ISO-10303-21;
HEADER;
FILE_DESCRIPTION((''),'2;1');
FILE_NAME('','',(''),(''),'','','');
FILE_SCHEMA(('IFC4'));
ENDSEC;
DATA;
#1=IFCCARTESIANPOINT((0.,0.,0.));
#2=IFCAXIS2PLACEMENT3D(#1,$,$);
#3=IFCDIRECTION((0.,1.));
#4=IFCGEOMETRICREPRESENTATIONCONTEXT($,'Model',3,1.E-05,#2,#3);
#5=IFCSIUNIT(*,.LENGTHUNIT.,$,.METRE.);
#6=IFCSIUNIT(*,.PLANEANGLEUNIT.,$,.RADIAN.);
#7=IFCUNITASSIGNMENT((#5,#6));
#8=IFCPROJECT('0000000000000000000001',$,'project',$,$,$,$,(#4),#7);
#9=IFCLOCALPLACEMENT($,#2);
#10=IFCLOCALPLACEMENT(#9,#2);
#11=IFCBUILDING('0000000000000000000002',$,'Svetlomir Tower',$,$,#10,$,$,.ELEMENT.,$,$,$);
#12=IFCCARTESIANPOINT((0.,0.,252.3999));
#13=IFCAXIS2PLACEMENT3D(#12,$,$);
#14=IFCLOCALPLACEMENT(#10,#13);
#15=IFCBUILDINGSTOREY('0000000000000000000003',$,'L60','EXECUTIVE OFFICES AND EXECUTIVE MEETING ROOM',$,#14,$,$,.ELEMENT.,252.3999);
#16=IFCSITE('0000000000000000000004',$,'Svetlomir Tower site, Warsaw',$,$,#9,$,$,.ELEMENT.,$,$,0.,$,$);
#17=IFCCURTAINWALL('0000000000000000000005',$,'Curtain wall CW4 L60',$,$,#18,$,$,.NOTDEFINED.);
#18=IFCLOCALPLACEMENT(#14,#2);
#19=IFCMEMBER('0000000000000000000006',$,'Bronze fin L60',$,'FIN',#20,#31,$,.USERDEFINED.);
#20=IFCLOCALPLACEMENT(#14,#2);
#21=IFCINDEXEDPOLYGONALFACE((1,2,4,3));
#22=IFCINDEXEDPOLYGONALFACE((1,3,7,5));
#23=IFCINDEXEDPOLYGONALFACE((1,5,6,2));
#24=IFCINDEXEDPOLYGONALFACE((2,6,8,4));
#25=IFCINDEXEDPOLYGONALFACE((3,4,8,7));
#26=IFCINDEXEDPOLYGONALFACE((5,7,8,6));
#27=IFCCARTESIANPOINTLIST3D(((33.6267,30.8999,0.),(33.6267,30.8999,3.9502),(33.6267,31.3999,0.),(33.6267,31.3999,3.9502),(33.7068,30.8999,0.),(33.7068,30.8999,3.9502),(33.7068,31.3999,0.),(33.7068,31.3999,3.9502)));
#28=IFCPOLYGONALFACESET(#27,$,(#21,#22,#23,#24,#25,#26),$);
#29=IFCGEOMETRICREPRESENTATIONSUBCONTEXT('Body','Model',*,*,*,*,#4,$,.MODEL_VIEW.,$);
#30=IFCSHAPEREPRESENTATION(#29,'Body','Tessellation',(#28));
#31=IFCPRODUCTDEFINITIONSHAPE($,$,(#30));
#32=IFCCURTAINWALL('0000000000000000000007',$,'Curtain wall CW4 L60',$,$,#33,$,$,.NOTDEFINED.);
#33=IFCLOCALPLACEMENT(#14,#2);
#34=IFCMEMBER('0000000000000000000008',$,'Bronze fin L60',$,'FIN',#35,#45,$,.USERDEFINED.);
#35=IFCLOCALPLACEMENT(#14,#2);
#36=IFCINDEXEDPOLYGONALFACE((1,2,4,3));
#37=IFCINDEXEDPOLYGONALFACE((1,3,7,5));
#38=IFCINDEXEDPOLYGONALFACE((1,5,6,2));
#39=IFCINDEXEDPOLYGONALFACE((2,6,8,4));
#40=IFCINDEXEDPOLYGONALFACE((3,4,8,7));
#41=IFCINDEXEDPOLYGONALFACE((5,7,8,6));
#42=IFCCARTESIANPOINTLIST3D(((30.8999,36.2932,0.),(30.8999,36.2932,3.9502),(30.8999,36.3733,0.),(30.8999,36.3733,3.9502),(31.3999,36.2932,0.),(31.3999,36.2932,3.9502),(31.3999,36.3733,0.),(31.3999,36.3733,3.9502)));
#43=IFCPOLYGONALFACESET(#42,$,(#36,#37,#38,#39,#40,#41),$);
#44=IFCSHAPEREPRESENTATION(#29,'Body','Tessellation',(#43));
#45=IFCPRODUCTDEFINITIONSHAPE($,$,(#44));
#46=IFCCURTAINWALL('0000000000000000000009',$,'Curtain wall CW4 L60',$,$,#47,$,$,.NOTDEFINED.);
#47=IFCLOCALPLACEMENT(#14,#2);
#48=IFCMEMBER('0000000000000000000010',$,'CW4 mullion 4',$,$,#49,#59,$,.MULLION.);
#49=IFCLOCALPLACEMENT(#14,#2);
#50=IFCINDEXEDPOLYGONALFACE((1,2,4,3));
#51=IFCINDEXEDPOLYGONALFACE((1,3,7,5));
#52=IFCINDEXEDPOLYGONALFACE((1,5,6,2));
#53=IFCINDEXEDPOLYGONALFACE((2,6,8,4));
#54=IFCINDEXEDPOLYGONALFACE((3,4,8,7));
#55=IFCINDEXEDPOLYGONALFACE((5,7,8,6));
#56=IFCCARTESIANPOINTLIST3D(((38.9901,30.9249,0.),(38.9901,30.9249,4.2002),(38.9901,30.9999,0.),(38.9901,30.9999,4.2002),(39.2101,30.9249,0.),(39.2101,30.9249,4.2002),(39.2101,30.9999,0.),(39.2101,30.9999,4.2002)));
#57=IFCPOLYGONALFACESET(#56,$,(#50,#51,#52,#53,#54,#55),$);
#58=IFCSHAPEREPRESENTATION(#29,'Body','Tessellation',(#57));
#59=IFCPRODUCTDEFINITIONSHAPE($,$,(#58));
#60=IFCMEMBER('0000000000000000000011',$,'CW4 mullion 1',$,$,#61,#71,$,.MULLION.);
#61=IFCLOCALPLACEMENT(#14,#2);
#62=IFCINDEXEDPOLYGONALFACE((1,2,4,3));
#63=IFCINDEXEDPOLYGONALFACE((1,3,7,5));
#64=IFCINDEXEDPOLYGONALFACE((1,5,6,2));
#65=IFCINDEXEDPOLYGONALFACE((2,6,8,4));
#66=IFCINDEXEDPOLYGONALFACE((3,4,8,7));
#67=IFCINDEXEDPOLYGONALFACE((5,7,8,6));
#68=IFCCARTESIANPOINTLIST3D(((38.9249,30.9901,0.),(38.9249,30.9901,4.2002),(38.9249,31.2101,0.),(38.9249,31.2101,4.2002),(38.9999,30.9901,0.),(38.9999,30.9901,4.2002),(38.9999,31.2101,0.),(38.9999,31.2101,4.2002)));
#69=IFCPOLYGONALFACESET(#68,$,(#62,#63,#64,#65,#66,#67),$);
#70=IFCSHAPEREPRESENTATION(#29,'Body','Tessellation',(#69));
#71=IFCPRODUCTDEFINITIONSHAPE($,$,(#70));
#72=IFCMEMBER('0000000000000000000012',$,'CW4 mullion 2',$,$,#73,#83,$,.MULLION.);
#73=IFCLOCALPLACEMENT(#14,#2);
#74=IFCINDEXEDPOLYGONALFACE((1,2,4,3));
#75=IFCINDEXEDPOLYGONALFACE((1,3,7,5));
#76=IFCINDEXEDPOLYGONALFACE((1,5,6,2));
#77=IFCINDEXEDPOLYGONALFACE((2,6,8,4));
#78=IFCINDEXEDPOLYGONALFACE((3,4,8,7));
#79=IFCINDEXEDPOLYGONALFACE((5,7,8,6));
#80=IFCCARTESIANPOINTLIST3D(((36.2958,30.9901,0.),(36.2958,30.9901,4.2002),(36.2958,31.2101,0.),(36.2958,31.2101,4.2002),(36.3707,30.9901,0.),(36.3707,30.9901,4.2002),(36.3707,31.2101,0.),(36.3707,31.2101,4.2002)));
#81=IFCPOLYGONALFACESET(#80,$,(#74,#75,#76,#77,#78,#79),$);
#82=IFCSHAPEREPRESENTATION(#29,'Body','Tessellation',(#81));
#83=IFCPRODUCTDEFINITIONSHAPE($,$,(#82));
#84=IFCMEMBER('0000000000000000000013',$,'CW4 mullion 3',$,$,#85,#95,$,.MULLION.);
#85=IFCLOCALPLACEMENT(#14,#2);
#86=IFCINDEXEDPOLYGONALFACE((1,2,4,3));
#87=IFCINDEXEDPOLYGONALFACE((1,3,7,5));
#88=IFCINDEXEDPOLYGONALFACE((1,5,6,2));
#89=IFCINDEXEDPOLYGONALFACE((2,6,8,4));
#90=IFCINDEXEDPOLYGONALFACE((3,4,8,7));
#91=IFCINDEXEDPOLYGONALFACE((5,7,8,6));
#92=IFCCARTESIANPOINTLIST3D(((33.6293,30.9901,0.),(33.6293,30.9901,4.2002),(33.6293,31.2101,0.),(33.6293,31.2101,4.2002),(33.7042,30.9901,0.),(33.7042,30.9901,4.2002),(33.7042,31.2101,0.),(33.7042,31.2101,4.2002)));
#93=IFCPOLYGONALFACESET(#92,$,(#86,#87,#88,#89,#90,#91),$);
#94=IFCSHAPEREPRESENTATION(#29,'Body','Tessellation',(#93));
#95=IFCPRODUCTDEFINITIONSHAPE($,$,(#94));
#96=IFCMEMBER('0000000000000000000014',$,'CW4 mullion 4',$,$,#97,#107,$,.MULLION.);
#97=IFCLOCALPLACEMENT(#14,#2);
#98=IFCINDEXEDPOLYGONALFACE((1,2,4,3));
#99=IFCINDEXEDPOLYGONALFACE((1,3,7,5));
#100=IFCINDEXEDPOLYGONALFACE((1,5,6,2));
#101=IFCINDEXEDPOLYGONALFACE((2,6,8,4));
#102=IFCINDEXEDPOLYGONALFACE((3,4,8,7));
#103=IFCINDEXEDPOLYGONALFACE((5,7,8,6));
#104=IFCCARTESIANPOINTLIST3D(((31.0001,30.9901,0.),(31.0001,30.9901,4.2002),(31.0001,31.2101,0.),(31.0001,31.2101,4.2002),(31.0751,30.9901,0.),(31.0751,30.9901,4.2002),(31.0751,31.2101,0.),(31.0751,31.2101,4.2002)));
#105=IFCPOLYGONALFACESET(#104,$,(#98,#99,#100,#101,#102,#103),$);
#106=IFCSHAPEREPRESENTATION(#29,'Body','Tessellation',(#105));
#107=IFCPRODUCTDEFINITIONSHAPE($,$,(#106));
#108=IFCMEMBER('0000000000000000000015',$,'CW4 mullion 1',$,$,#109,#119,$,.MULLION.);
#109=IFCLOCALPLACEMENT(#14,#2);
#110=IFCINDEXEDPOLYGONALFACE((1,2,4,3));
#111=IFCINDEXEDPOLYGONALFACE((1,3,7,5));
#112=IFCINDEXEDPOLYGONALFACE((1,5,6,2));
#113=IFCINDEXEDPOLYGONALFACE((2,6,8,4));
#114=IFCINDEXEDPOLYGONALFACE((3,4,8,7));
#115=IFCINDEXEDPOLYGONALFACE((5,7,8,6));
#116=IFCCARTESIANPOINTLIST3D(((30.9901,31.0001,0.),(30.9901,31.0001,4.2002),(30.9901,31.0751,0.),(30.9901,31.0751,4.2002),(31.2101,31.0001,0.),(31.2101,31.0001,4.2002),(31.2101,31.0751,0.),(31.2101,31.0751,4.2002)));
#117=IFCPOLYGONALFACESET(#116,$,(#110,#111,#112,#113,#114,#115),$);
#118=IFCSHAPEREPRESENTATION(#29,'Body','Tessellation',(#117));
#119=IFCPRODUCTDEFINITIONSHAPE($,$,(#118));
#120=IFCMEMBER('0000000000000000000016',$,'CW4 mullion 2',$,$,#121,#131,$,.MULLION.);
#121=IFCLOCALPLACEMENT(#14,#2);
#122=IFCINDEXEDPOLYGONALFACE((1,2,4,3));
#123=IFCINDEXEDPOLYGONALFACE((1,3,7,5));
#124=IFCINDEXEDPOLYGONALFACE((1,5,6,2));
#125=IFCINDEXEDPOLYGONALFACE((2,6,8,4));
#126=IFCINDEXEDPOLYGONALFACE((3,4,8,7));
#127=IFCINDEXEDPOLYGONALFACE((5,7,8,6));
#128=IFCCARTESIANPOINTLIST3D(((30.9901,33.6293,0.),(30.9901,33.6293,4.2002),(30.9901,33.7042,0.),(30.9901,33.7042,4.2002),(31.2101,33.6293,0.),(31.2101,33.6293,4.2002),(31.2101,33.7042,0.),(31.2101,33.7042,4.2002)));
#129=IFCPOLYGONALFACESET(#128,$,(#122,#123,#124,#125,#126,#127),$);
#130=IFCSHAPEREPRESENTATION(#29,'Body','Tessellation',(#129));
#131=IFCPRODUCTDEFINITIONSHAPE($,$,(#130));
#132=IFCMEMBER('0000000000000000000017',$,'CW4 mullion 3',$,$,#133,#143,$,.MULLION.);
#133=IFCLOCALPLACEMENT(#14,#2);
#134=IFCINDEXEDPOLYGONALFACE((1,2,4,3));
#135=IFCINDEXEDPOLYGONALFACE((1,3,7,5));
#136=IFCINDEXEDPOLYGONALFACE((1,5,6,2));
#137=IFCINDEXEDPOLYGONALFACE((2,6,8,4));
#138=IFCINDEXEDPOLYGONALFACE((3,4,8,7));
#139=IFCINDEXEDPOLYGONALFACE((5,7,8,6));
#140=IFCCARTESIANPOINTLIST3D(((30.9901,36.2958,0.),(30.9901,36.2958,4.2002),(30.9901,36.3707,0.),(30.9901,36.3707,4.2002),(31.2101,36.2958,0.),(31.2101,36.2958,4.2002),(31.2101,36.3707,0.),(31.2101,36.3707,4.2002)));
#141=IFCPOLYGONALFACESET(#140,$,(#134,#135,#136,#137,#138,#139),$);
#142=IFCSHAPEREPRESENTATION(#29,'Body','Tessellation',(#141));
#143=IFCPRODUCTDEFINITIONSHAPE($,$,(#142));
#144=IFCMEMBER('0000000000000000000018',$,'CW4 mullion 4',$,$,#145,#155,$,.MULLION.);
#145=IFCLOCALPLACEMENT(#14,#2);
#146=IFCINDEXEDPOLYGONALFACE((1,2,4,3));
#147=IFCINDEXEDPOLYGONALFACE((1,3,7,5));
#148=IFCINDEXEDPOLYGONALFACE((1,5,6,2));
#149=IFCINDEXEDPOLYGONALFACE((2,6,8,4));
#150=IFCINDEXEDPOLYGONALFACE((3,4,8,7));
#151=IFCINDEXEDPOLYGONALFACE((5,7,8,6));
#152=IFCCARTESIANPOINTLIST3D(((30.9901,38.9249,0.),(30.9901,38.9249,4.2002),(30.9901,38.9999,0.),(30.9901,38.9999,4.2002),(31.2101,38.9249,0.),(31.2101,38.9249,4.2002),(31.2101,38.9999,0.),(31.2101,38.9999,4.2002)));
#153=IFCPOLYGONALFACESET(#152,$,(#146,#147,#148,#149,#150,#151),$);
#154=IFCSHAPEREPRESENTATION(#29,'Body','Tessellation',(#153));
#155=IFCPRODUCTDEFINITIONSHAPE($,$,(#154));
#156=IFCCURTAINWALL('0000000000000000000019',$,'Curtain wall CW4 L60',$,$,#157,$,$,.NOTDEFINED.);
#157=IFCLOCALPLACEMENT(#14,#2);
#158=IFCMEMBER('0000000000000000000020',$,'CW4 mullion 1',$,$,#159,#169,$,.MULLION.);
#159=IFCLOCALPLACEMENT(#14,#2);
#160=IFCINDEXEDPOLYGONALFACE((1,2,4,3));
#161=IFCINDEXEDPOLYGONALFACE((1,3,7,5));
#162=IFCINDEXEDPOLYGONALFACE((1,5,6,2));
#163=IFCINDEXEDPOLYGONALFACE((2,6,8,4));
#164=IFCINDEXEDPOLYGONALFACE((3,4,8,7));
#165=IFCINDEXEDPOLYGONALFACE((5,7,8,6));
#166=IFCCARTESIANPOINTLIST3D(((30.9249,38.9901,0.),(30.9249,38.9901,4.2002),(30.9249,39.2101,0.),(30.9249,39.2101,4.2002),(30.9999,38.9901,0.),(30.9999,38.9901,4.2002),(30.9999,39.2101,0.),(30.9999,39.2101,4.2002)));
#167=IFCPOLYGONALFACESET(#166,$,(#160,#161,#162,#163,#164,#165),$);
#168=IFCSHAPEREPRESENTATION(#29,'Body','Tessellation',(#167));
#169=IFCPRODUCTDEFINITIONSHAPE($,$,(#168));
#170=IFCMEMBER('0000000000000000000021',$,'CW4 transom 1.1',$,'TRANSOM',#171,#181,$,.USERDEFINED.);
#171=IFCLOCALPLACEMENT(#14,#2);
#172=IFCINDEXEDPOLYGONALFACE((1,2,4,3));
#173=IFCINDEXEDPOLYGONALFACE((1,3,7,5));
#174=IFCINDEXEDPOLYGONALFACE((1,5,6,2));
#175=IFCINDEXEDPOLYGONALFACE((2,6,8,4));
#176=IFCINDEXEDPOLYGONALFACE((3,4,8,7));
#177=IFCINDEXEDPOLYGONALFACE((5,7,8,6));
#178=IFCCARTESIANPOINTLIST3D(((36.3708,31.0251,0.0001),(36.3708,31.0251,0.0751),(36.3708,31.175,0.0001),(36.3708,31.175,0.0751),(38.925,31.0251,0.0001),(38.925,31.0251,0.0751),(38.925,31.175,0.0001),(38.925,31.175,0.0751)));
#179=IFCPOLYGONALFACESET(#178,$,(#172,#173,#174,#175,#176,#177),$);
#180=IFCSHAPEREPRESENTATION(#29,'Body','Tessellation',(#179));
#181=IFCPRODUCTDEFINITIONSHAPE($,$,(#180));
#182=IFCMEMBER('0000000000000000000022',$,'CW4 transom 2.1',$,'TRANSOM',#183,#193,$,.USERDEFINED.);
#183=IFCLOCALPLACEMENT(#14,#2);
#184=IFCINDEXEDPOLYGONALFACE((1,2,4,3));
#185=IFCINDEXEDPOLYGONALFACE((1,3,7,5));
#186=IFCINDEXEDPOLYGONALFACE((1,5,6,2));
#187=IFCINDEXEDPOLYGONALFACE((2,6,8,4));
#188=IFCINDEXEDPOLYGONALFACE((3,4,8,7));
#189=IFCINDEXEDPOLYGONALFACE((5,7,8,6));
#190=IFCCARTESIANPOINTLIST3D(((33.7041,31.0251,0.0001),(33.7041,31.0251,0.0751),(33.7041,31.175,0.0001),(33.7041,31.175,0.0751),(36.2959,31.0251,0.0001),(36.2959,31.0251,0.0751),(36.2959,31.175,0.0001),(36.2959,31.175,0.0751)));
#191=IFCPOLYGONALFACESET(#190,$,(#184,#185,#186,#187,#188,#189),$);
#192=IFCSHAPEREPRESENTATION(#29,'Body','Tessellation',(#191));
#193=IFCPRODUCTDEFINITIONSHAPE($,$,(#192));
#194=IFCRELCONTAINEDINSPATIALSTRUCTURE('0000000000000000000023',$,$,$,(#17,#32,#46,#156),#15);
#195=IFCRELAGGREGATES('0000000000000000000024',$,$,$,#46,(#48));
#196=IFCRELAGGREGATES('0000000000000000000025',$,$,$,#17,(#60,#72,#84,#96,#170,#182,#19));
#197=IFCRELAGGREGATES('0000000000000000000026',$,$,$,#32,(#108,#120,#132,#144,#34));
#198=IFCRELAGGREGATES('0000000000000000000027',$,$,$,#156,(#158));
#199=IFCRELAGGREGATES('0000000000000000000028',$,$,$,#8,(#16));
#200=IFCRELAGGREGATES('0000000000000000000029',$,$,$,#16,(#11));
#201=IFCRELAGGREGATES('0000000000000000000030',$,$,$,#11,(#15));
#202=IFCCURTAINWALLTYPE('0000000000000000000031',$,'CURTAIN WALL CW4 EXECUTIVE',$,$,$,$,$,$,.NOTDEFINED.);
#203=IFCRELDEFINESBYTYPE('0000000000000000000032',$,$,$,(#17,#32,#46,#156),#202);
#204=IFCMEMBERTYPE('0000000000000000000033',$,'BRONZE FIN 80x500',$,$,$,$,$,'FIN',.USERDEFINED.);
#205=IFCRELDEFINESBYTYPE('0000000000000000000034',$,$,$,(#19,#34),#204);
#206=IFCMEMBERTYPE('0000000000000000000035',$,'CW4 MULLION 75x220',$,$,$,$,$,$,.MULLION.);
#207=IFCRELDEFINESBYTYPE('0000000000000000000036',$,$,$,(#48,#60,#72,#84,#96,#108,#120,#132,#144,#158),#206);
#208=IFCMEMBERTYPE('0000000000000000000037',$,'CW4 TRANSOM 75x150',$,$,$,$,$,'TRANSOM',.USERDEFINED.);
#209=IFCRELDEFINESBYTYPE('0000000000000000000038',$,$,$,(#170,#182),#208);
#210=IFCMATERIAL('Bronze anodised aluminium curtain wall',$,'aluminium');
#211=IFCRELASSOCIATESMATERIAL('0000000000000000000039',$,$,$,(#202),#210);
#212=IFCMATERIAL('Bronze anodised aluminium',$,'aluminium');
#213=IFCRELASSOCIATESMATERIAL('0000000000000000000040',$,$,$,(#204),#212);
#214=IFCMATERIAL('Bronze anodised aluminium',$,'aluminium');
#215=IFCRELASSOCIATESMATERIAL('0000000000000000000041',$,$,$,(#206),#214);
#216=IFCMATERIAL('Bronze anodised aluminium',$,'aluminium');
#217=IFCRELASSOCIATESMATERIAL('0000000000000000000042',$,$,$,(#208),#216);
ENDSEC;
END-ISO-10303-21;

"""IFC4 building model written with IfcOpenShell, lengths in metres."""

from ifc_helpers import new_model, si_unit, direction, frame, origin, origin_2d, place, context, subcontext, project, spatial, rectangle, extrude, material, material_profile, profile_set, type_object, element, aggregate, save


model = new_model("IFC4")

# Units and contexts
model_context = context("Model", 3, precision=1e-05, world=origin(), true_north=direction((0.0, 1.0)))
body_context = subcontext(model_context, "Body", "Model", "MODEL_VIEW")
ifc_project = project(units=[si_unit("LENGTHUNIT", "METRE"), si_unit("PLANEANGLEUNIT", "RADIAN")], contexts=[model_context])

# Site, building, storey
site_placement = place(None, origin())
site = spatial("IfcSite", under=ifc_project, at=site_placement, Name="Svetlomir Tower site, Warsaw", CompositionType="ELEMENT", RefElevation=0.0)
building_placement = place(site_placement, origin())
building = spatial("IfcBuilding", under=site, at=building_placement, Name="Svetlomir Tower", CompositionType="ELEMENT")
storey_placement = place(building_placement, frame((0.0, 0.0, 252.3999)))
storey = spatial("IfcBuildingStorey", under=building, at=storey_placement, Name="L60", Description="EXECUTIVE OFFICES AND EXECUTIVE MEETING ROOM", CompositionType="ELEMENT", Elevation=252.3999)

# Curtain walls, members
ifc_material_1 = material(Name="Bronze anodised aluminium curtain wall", Category="aluminium")
curtain_wall_type = type_object("IfcCurtainWallType", Name="CURTAIN WALL CW4 EXECUTIVE", PredefinedType="NOTDEFINED", material=ifc_material_1)
curtain_wall_1_placement = place(storey_placement, origin())
curtain_wall_1 = element("IfcCurtainWall", 1, at=curtain_wall_1_placement, inside=storey, type_object=curtain_wall_type, Name="Curtain wall CW4 L60", PredefinedType="NOTDEFINED")
ifc_material_2 = material(Name="Bronze anodised aluminium", Category="aluminium")
ifc_material_profile_1 = material_profile(ifc_material_2, rectangle(XDim=0.0801, YDim=0.5, at=origin_2d()), Name="FIN 80x500")
ifc_profile_set_1 = profile_set([ifc_material_profile_1], Name="Bronze anodised aluminium 6063-T6")
member_type_1 = type_object("IfcMemberType", Name="BRONZE FIN 80x500", ElementType="FIN", PredefinedType="USERDEFINED", material=ifc_profile_set_1)
member_1_placement = place(storey_placement, frame((33.6667, 31.1499, 0.0), z_axis=(0.0, 0.0, 1.0), x_axis=(1.0, 0.0, 0.0)))
member_1 = element("IfcMember", 2, at=member_1_placement, type_object=member_type_1, Name="Bronze fin L60", ObjectType="FIN", PredefinedType="USERDEFINED", context=body_context, shape_type="SweptSolid", body=[
    extrude(rectangle(XDim=0.0801, YDim=0.5, at=origin_2d()), origin(), (0.0, 0.0, 1.0), 3.9502),
])
curtain_wall_2_placement = place(storey_placement, origin())
curtain_wall_2 = element("IfcCurtainWall", 3, at=curtain_wall_2_placement, inside=storey, type_object=curtain_wall_type, Name="Curtain wall CW4 L60", PredefinedType="NOTDEFINED")
member_2_placement = place(storey_placement, frame((31.1499, 36.3333, 0.0), z_axis=(0.0, 0.0, 1.0), x_axis=(0.0, 1.0, 0.0)))
member_2 = element("IfcMember", 4, at=member_2_placement, type_object=member_type_1, Name="Bronze fin L60", ObjectType="FIN", PredefinedType="USERDEFINED", context=body_context, shape_type="SweptSolid", body=[
    extrude(rectangle(XDim=0.0801, YDim=0.5, at=origin_2d()), origin(), (0.0, 0.0, 1.0), 3.9502),
])
curtain_wall_3_placement = place(storey_placement, origin())
curtain_wall_3 = element("IfcCurtainWall", 5, at=curtain_wall_3_placement, inside=storey, type_object=curtain_wall_type, Name="Curtain wall CW4 L60", PredefinedType="NOTDEFINED")
ifc_material_3 = material(Name="Bronze anodised aluminium", Category="aluminium")
ifc_material_profile_2 = material_profile(ifc_material_3, rectangle(XDim=0.075, YDim=0.22, at=origin_2d()), Name="AL 75x220")
ifc_profile_set_2 = profile_set([ifc_material_profile_2], Name="Bronze anodised aluminium 6063-T6")
member_type_2 = type_object("IfcMemberType", Name="CW4 MULLION 75x220", PredefinedType="MULLION", material=ifc_profile_set_2)
member_3_placement = place(storey_placement, frame((39.1001, 30.9624, 0.0), z_axis=(0.0, 0.0, 1.0), x_axis=(0.0, 1.0, 0.0)))
member_3 = element("IfcMember", 6, at=member_3_placement, type_object=member_type_2, Name="CW4 mullion 4", PredefinedType="MULLION", context=body_context, shape_type="SweptSolid", body=[
    extrude(rectangle(XDim=0.075, YDim=0.22, at=origin_2d()), origin(), (0.0, 0.0, 1.0), 4.2002),
])
aggregate(curtain_wall_3, [member_3])

# Members
member_4_placement = place(storey_placement, frame((38.9624, 31.1001, 0.0), z_axis=(0.0, 0.0, 1.0), x_axis=(-1.0, 0.0, 0.0)))
member_4 = element("IfcMember", 7, at=member_4_placement, type_object=member_type_2, Name="CW4 mullion 1", PredefinedType="MULLION", context=body_context, shape_type="SweptSolid", body=[
    extrude(rectangle(XDim=0.075, YDim=0.22, at=origin_2d()), origin(), (0.0, 0.0, 1.0), 4.2002),
])
member_5_placement = place(storey_placement, frame((36.3333, 31.1001, 0.0), z_axis=(0.0, 0.0, 1.0), x_axis=(-1.0, 0.0, 0.0)))
member_5 = element("IfcMember", 8, at=member_5_placement, type_object=member_type_2, Name="CW4 mullion 2", PredefinedType="MULLION", context=body_context, shape_type="SweptSolid", body=[
    extrude(rectangle(XDim=0.075, YDim=0.22, at=origin_2d()), origin(), (0.0, 0.0, 1.0), 4.2002),
])
member_6_placement = place(storey_placement, frame((33.6667, 31.1001, 0.0), z_axis=(0.0, 0.0, 1.0), x_axis=(-1.0, 0.0, 0.0)))
member_6 = element("IfcMember", 9, at=member_6_placement, type_object=member_type_2, Name="CW4 mullion 3", PredefinedType="MULLION", context=body_context, shape_type="SweptSolid", body=[
    extrude(rectangle(XDim=0.075, YDim=0.22, at=origin_2d()), origin(), (0.0, 0.0, 1.0), 4.2002),
])
member_7_placement = place(storey_placement, frame((31.0376, 31.1001, 0.0), z_axis=(0.0, 0.0, 1.0), x_axis=(-1.0, 0.0, 0.0)))
member_7 = element("IfcMember", 10, at=member_7_placement, type_object=member_type_2, Name="CW4 mullion 4", PredefinedType="MULLION", context=body_context, shape_type="SweptSolid", body=[
    extrude(rectangle(XDim=0.075, YDim=0.22, at=origin_2d()), origin(), (0.0, 0.0, 1.0), 4.2002),
])
member_8_placement = place(storey_placement, frame((31.1001, 31.0376, 0.0), z_axis=(0.0, 0.0, 1.0), x_axis=(0.0, 1.0, 0.0)))
member_8 = element("IfcMember", 11, at=member_8_placement, type_object=member_type_2, Name="CW4 mullion 1", PredefinedType="MULLION", context=body_context, shape_type="SweptSolid", body=[
    extrude(rectangle(XDim=0.075, YDim=0.22, at=origin_2d()), origin(), (0.0, 0.0, 1.0), 4.2002),
])
member_9_placement = place(storey_placement, frame((31.1001, 33.6667, 0.0), z_axis=(0.0, 0.0, 1.0), x_axis=(0.0, 1.0, 0.0)))
member_9 = element("IfcMember", 12, at=member_9_placement, type_object=member_type_2, Name="CW4 mullion 2", PredefinedType="MULLION", context=body_context, shape_type="SweptSolid", body=[
    extrude(rectangle(XDim=0.075, YDim=0.22, at=origin_2d()), origin(), (0.0, 0.0, 1.0), 4.2002),
])
member_10_placement = place(storey_placement, frame((31.1001, 36.3333, 0.0), z_axis=(0.0, 0.0, 1.0), x_axis=(0.0, 1.0, 0.0)))
member_10 = element("IfcMember", 13, at=member_10_placement, type_object=member_type_2, Name="CW4 mullion 3", PredefinedType="MULLION", context=body_context, shape_type="SweptSolid", body=[
    extrude(rectangle(XDim=0.075, YDim=0.22, at=origin_2d()), origin(), (0.0, 0.0, 1.0), 4.2002),
])
member_11_placement = place(storey_placement, frame((31.1001, 38.9624, 0.0), z_axis=(0.0, 0.0, 1.0), x_axis=(0.0, 1.0, 0.0)))
member_11 = element("IfcMember", 14, at=member_11_placement, type_object=member_type_2, Name="CW4 mullion 4", PredefinedType="MULLION", context=body_context, shape_type="SweptSolid", body=[
    extrude(rectangle(XDim=0.075, YDim=0.22, at=origin_2d()), origin(), (0.0, 0.0, 1.0), 4.2002),
])

# Curtain wall, member
curtain_wall_4_placement = place(storey_placement, origin())
curtain_wall_4 = element("IfcCurtainWall", 15, at=curtain_wall_4_placement, inside=storey, type_object=curtain_wall_type, Name="Curtain wall CW4 L60", PredefinedType="NOTDEFINED")
member_12_placement = place(storey_placement, frame((30.9624, 39.1001, 0.0), z_axis=(0.0, 0.0, 1.0), x_axis=(-1.0, 0.0, 0.0)))
member_12 = element("IfcMember", 16, at=member_12_placement, type_object=member_type_2, Name="CW4 mullion 1", PredefinedType="MULLION", context=body_context, shape_type="SweptSolid", body=[
    extrude(rectangle(XDim=0.075, YDim=0.22, at=origin_2d()), origin(), (0.0, 0.0, 1.0), 4.2002),
])

# Members
ifc_material_4 = material(Name="Bronze anodised aluminium", Category="aluminium")
ifc_material_profile_3 = material_profile(ifc_material_4, rectangle(XDim=0.1499, YDim=0.075, at=origin_2d()), Name="AL 150x75")
ifc_profile_set_3 = profile_set([ifc_material_profile_3], Name="Bronze anodised aluminium 6063-T6")
member_type_3 = type_object("IfcMemberType", Name="CW4 TRANSOM 75x150", ElementType="TRANSOM", PredefinedType="USERDEFINED", material=ifc_profile_set_3)
member_13_placement = place(storey_placement, frame((38.925, 31.1001, 0.0376), z_axis=(-1.0, 0.0, 0.0), x_axis=(0.0, -1.0, 0.0)))
member_13 = element("IfcMember", 17, at=member_13_placement, type_object=member_type_3, Name="CW4 transom 1.1", ObjectType="TRANSOM", PredefinedType="USERDEFINED", context=body_context, shape_type="SweptSolid", body=[
    extrude(rectangle(XDim=0.1499, YDim=0.075, at=origin_2d()), origin(), (0.0, 0.0, 1.0), 2.5542),
])
member_14_placement = place(storey_placement, frame((36.2959, 31.1001, 0.0376), z_axis=(-1.0, 0.0, 0.0), x_axis=(0.0, -1.0, 0.0)))
member_14 = element("IfcMember", 18, at=member_14_placement, type_object=member_type_3, Name="CW4 transom 2.1", ObjectType="TRANSOM", PredefinedType="USERDEFINED", context=body_context, shape_type="SweptSolid", body=[
    extrude(rectangle(XDim=0.1499, YDim=0.075, at=origin_2d()), origin(), (0.0, 0.0, 1.0), 2.5918),
])

aggregate(curtain_wall_1, [member_4, member_5, member_6, member_7, member_13, member_14, member_1])
aggregate(curtain_wall_2, [member_8, member_9, member_10, member_11, member_2])
aggregate(curtain_wall_4, [member_12])

save(model, "model.ifc")
